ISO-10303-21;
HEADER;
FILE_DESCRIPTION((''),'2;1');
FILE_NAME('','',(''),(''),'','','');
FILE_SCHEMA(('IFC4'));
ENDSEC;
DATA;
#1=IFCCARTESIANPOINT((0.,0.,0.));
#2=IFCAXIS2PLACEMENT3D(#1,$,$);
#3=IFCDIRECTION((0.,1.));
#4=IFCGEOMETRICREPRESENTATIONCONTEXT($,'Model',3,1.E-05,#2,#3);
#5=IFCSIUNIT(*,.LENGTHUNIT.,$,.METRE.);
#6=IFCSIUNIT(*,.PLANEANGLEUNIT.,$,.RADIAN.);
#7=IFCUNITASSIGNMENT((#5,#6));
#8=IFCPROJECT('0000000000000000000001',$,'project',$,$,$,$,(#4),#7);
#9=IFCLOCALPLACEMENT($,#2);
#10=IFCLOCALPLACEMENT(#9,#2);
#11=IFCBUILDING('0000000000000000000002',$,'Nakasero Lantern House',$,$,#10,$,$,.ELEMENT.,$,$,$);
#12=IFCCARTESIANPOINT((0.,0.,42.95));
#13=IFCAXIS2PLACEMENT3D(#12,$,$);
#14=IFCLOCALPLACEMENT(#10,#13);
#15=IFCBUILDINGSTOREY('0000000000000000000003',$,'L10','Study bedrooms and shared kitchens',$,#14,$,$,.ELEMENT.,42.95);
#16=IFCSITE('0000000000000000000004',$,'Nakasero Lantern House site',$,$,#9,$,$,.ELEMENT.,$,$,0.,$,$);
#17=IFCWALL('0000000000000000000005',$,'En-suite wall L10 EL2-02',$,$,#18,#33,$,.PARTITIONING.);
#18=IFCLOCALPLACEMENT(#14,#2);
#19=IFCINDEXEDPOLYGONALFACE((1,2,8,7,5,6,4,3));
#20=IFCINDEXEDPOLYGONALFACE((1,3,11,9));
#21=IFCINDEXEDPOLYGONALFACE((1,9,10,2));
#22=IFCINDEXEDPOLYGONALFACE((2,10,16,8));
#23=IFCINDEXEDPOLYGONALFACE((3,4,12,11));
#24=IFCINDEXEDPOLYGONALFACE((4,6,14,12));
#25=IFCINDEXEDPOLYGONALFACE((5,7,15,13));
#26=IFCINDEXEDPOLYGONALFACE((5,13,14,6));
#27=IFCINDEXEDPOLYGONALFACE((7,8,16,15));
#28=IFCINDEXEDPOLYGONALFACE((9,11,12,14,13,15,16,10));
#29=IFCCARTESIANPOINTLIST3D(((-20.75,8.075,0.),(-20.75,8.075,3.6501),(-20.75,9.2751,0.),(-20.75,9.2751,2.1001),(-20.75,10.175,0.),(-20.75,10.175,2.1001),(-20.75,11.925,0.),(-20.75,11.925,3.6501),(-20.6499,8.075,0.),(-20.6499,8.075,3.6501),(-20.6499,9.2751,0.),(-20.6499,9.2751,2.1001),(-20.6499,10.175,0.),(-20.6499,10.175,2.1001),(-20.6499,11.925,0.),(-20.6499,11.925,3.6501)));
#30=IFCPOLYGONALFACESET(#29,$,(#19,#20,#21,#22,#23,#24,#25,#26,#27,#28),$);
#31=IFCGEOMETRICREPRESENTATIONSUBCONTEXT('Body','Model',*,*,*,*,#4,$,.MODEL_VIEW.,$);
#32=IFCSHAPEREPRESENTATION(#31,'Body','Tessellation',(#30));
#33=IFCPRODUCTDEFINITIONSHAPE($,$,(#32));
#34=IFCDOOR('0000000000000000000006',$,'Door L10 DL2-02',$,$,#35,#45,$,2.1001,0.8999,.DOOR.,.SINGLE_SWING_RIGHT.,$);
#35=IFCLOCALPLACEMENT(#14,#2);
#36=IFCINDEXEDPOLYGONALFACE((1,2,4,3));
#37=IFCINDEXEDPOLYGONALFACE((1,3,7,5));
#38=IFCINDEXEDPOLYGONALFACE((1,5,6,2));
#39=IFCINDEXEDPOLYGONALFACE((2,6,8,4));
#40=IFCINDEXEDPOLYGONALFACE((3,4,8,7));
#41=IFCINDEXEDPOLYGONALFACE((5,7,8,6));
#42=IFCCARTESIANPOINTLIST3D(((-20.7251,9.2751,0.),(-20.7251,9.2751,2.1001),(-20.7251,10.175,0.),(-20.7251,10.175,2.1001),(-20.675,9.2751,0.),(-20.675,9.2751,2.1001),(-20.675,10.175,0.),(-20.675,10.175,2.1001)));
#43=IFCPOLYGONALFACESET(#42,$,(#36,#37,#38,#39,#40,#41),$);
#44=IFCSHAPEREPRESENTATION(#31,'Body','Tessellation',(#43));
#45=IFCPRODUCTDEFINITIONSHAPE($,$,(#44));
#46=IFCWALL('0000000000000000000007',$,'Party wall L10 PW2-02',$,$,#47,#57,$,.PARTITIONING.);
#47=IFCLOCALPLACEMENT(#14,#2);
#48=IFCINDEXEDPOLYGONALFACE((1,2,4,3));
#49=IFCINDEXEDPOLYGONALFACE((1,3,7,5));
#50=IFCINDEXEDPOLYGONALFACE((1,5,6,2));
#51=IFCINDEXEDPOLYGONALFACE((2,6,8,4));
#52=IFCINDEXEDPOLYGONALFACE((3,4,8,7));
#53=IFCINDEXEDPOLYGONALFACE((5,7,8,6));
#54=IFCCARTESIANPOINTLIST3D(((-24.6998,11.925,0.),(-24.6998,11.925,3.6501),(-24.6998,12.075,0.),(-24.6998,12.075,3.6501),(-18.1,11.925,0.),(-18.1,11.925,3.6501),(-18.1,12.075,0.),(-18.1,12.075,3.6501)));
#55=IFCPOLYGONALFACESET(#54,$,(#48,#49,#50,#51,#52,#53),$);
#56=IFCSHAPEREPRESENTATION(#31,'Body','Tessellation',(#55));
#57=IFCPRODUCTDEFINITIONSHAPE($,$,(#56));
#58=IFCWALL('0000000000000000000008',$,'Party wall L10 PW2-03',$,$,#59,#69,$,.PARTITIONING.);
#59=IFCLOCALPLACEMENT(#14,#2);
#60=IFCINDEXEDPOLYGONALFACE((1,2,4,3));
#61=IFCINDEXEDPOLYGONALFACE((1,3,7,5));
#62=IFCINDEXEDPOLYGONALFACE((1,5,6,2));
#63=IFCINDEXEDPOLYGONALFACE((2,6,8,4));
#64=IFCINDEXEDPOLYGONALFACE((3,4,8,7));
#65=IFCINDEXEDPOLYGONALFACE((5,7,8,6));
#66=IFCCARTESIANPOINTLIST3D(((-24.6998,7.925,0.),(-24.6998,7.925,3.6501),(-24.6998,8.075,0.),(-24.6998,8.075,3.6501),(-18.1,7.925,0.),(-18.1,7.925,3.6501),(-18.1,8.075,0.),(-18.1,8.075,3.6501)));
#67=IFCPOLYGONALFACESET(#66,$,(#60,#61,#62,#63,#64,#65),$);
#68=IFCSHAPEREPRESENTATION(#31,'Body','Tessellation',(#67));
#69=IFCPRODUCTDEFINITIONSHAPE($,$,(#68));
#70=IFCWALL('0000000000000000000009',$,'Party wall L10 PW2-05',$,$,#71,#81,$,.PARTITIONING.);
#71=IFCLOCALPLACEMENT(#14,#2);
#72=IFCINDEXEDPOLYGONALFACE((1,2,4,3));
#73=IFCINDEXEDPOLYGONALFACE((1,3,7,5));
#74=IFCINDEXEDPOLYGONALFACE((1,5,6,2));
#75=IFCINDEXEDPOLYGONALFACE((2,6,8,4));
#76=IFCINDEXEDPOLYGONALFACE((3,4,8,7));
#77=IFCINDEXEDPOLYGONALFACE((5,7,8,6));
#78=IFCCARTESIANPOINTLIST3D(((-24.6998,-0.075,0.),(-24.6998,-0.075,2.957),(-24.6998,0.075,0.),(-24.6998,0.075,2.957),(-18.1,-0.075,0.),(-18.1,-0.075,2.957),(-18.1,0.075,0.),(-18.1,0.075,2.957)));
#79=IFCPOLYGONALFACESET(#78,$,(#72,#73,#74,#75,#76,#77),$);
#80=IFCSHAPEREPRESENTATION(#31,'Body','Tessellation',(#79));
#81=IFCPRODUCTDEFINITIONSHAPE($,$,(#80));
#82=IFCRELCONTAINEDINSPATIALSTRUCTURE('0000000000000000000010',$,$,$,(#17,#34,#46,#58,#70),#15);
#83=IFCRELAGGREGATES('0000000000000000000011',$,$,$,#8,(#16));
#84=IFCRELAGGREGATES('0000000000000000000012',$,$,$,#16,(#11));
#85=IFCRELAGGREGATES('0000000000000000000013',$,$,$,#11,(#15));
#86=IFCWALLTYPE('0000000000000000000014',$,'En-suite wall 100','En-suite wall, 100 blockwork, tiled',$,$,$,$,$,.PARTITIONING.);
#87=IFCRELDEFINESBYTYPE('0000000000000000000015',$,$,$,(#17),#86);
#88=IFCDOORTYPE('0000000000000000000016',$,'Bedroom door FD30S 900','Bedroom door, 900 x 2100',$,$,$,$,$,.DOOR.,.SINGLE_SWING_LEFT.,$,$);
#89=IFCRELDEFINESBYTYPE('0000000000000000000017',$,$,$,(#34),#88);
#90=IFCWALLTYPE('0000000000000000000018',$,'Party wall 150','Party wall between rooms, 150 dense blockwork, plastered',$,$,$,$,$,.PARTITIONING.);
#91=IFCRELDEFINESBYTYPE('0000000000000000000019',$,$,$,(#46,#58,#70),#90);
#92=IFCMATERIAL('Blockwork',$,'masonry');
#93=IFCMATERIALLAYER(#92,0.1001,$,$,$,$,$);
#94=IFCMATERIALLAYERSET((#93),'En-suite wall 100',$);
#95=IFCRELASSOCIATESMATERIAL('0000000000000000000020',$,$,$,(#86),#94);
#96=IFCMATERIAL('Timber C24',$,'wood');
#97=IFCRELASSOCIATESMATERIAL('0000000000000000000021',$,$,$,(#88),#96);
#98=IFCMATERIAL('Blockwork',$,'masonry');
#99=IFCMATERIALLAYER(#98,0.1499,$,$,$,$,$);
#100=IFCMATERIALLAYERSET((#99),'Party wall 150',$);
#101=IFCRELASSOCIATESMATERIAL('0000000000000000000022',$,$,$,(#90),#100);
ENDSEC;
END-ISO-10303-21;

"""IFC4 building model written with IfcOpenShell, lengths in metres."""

from ifc_helpers import new_model, si_unit, direction, frame, frame_2d, origin, place, context, subcontext, project, spatial, rectangle, extrude, material, layer, layer_set, type_object, element, fill, save


model = new_model("IFC4")

# Units and contexts
model_context = context("Model", 3, precision=1e-05, world=origin(), true_north=direction((0.0, 1.0)))
body_context = subcontext(model_context, "Body", "Model", "MODEL_VIEW")
ifc_project = project(units=[si_unit("LENGTHUNIT", "METRE"), si_unit("PLANEANGLEUNIT", "RADIAN")], contexts=[model_context])

# Site, building, storey
site_placement = place(None, origin())
site = spatial("IfcSite", under=ifc_project, at=site_placement, Name="Nakasero Lantern House site", CompositionType="ELEMENT", RefElevation=0.0)
building_placement = place(site_placement, origin())
building = spatial("IfcBuilding", under=site, at=building_placement, Name="Nakasero Lantern House", CompositionType="ELEMENT")
storey_placement = place(building_placement, frame((0.0, 0.0, 42.95)))
storey = spatial("IfcBuildingStorey", under=building, at=storey_placement, Name="L10", Description="Study bedrooms and shared kitchens", CompositionType="ELEMENT", Elevation=42.95)

# Shared definitions
ifc_material_1 = material(Name="Blockwork", Category="masonry")
ifc_layer_1 = layer(ifc_material_1, 0.1001)
ifc_layer_set_1 = layer_set([ifc_layer_1], Name="En-suite wall 100")
wall_type_1 = type_object("IfcWallType", Name="En-suite wall 100", Description="En-suite wall, 100 blockwork, tiled", PredefinedType="PARTITIONING", material=ifc_layer_set_1)

# Wall, opening, door
wall_1_placement = place(storey_placement, frame((-20.7, 11.925, 0.0), z_axis=(0.0, 0.0, 1.0), x_axis=(0.0, -1.0, 0.0)))
wall_1 = element("IfcWall", 1, at=wall_1_placement, inside=storey, type_object=wall_type_1, Name="En-suite wall L10 EL2-02", PredefinedType="PARTITIONING", context=body_context, shape_type="SweptSolid", body=[
    extrude(rectangle(XDim=3.8501, YDim=0.1001, at=frame_2d((1.925, 0.0))), origin(), (0.0, 0.0, 1.0), 3.6501),
])
opening_1_placement = place(wall_1_placement, frame((1.75, 0.0, 0.0)))
opening_1 = element("IfcOpeningElement", 2, at=opening_1_placement, cuts=wall_1, PredefinedType="OPENING", context=body_context, shape_type="SweptSolid", body=[
    extrude(rectangle(XDim=0.8999, YDim=2.1001, at=frame_2d((0.45, 1.05))), frame((0.0, 0.0701, 0.0), z_axis=(0.0, -1.0, 0.0), x_axis=(1.0, 0.0, 0.0)), (0.0, 0.0, 1.0), 0.1401),
])
ifc_material_2 = material(Name="Timber C24", Category="wood")
door_type_1 = type_object("IfcDoorType", Name="Bedroom door FD30S 900", Description="Bedroom door, 900 x 2100", OperationType="SINGLE_SWING_LEFT", PredefinedType="DOOR", material=ifc_material_2)
door_1_placement = place(opening_1_placement, origin())
door_1 = element("IfcDoor", 3, at=door_1_placement, inside=storey, type_object=door_type_1, Name="Door L10 DL2-02", OperationType="SINGLE_SWING_RIGHT", OverallHeight=2.1001, OverallWidth=0.8999, PredefinedType="DOOR", context=body_context, shape_type="SweptSolid", body=[
    extrude(rectangle(XDim=0.8999, YDim=2.1001, at=frame_2d((0.45, 1.05))), frame((0.0, 0.0249, 0.0), z_axis=(0.0, -1.0, 0.0), x_axis=(1.0, 0.0, 0.0)), (0.0, 0.0, 1.0), 0.05),
])
fill(opening_1, door_1)

# Walls
ifc_material_3 = material(Name="Blockwork", Category="masonry")
ifc_layer_2 = layer(ifc_material_3, 0.1499)
ifc_layer_set_2 = layer_set([ifc_layer_2], Name="Party wall 150")
wall_type_2 = type_object("IfcWallType", Name="Party wall 150", Description="Party wall between rooms, 150 dense blockwork, plastered", PredefinedType="PARTITIONING", material=ifc_layer_set_2)
for number, where, z_axis, x_axis, name in (
    (4, (-18.1001, 12.0, 0.0), (0.0, 0.0, 1.0), (-1.0, 0.0, 0.0), "Party wall L10 PW2-02"),
    (5, (-18.1001, 8.0, 0.0), (0.0, 0.0, 1.0), (-1.0, 0.0, 0.0), "Party wall L10 PW2-03"),
):
    element("IfcWall", number, at=place(storey_placement, frame(where, z_axis=z_axis, x_axis=x_axis)), inside=storey, type_object=wall_type_2, Name=name, PredefinedType="PARTITIONING", context=body_context, shape_type="SweptSolid", body=[
        extrude(rectangle(XDim=6.5999, YDim=0.1499, at=frame_2d((3.2998, 0.0))), origin(), (0.0, 0.0, 1.0), 3.6501),
    ])
wall_2_placement = place(storey_placement, frame((-18.1001, 0.0, 0.0), z_axis=(0.0, 0.0, 1.0), x_axis=(-1.0, 0.0, 0.0)))
element("IfcWall", 6, at=wall_2_placement, inside=storey, type_object=wall_type_2, Name="Party wall L10 PW2-05", PredefinedType="PARTITIONING", context=body_context, shape_type="SweptSolid", body=[
    extrude(rectangle(XDim=6.5999, YDim=0.1499, at=frame_2d((3.2998, 0.0))), origin(), (0.0, 0.0, 1.0), 2.957),
])

save(model, "model.ifc")
